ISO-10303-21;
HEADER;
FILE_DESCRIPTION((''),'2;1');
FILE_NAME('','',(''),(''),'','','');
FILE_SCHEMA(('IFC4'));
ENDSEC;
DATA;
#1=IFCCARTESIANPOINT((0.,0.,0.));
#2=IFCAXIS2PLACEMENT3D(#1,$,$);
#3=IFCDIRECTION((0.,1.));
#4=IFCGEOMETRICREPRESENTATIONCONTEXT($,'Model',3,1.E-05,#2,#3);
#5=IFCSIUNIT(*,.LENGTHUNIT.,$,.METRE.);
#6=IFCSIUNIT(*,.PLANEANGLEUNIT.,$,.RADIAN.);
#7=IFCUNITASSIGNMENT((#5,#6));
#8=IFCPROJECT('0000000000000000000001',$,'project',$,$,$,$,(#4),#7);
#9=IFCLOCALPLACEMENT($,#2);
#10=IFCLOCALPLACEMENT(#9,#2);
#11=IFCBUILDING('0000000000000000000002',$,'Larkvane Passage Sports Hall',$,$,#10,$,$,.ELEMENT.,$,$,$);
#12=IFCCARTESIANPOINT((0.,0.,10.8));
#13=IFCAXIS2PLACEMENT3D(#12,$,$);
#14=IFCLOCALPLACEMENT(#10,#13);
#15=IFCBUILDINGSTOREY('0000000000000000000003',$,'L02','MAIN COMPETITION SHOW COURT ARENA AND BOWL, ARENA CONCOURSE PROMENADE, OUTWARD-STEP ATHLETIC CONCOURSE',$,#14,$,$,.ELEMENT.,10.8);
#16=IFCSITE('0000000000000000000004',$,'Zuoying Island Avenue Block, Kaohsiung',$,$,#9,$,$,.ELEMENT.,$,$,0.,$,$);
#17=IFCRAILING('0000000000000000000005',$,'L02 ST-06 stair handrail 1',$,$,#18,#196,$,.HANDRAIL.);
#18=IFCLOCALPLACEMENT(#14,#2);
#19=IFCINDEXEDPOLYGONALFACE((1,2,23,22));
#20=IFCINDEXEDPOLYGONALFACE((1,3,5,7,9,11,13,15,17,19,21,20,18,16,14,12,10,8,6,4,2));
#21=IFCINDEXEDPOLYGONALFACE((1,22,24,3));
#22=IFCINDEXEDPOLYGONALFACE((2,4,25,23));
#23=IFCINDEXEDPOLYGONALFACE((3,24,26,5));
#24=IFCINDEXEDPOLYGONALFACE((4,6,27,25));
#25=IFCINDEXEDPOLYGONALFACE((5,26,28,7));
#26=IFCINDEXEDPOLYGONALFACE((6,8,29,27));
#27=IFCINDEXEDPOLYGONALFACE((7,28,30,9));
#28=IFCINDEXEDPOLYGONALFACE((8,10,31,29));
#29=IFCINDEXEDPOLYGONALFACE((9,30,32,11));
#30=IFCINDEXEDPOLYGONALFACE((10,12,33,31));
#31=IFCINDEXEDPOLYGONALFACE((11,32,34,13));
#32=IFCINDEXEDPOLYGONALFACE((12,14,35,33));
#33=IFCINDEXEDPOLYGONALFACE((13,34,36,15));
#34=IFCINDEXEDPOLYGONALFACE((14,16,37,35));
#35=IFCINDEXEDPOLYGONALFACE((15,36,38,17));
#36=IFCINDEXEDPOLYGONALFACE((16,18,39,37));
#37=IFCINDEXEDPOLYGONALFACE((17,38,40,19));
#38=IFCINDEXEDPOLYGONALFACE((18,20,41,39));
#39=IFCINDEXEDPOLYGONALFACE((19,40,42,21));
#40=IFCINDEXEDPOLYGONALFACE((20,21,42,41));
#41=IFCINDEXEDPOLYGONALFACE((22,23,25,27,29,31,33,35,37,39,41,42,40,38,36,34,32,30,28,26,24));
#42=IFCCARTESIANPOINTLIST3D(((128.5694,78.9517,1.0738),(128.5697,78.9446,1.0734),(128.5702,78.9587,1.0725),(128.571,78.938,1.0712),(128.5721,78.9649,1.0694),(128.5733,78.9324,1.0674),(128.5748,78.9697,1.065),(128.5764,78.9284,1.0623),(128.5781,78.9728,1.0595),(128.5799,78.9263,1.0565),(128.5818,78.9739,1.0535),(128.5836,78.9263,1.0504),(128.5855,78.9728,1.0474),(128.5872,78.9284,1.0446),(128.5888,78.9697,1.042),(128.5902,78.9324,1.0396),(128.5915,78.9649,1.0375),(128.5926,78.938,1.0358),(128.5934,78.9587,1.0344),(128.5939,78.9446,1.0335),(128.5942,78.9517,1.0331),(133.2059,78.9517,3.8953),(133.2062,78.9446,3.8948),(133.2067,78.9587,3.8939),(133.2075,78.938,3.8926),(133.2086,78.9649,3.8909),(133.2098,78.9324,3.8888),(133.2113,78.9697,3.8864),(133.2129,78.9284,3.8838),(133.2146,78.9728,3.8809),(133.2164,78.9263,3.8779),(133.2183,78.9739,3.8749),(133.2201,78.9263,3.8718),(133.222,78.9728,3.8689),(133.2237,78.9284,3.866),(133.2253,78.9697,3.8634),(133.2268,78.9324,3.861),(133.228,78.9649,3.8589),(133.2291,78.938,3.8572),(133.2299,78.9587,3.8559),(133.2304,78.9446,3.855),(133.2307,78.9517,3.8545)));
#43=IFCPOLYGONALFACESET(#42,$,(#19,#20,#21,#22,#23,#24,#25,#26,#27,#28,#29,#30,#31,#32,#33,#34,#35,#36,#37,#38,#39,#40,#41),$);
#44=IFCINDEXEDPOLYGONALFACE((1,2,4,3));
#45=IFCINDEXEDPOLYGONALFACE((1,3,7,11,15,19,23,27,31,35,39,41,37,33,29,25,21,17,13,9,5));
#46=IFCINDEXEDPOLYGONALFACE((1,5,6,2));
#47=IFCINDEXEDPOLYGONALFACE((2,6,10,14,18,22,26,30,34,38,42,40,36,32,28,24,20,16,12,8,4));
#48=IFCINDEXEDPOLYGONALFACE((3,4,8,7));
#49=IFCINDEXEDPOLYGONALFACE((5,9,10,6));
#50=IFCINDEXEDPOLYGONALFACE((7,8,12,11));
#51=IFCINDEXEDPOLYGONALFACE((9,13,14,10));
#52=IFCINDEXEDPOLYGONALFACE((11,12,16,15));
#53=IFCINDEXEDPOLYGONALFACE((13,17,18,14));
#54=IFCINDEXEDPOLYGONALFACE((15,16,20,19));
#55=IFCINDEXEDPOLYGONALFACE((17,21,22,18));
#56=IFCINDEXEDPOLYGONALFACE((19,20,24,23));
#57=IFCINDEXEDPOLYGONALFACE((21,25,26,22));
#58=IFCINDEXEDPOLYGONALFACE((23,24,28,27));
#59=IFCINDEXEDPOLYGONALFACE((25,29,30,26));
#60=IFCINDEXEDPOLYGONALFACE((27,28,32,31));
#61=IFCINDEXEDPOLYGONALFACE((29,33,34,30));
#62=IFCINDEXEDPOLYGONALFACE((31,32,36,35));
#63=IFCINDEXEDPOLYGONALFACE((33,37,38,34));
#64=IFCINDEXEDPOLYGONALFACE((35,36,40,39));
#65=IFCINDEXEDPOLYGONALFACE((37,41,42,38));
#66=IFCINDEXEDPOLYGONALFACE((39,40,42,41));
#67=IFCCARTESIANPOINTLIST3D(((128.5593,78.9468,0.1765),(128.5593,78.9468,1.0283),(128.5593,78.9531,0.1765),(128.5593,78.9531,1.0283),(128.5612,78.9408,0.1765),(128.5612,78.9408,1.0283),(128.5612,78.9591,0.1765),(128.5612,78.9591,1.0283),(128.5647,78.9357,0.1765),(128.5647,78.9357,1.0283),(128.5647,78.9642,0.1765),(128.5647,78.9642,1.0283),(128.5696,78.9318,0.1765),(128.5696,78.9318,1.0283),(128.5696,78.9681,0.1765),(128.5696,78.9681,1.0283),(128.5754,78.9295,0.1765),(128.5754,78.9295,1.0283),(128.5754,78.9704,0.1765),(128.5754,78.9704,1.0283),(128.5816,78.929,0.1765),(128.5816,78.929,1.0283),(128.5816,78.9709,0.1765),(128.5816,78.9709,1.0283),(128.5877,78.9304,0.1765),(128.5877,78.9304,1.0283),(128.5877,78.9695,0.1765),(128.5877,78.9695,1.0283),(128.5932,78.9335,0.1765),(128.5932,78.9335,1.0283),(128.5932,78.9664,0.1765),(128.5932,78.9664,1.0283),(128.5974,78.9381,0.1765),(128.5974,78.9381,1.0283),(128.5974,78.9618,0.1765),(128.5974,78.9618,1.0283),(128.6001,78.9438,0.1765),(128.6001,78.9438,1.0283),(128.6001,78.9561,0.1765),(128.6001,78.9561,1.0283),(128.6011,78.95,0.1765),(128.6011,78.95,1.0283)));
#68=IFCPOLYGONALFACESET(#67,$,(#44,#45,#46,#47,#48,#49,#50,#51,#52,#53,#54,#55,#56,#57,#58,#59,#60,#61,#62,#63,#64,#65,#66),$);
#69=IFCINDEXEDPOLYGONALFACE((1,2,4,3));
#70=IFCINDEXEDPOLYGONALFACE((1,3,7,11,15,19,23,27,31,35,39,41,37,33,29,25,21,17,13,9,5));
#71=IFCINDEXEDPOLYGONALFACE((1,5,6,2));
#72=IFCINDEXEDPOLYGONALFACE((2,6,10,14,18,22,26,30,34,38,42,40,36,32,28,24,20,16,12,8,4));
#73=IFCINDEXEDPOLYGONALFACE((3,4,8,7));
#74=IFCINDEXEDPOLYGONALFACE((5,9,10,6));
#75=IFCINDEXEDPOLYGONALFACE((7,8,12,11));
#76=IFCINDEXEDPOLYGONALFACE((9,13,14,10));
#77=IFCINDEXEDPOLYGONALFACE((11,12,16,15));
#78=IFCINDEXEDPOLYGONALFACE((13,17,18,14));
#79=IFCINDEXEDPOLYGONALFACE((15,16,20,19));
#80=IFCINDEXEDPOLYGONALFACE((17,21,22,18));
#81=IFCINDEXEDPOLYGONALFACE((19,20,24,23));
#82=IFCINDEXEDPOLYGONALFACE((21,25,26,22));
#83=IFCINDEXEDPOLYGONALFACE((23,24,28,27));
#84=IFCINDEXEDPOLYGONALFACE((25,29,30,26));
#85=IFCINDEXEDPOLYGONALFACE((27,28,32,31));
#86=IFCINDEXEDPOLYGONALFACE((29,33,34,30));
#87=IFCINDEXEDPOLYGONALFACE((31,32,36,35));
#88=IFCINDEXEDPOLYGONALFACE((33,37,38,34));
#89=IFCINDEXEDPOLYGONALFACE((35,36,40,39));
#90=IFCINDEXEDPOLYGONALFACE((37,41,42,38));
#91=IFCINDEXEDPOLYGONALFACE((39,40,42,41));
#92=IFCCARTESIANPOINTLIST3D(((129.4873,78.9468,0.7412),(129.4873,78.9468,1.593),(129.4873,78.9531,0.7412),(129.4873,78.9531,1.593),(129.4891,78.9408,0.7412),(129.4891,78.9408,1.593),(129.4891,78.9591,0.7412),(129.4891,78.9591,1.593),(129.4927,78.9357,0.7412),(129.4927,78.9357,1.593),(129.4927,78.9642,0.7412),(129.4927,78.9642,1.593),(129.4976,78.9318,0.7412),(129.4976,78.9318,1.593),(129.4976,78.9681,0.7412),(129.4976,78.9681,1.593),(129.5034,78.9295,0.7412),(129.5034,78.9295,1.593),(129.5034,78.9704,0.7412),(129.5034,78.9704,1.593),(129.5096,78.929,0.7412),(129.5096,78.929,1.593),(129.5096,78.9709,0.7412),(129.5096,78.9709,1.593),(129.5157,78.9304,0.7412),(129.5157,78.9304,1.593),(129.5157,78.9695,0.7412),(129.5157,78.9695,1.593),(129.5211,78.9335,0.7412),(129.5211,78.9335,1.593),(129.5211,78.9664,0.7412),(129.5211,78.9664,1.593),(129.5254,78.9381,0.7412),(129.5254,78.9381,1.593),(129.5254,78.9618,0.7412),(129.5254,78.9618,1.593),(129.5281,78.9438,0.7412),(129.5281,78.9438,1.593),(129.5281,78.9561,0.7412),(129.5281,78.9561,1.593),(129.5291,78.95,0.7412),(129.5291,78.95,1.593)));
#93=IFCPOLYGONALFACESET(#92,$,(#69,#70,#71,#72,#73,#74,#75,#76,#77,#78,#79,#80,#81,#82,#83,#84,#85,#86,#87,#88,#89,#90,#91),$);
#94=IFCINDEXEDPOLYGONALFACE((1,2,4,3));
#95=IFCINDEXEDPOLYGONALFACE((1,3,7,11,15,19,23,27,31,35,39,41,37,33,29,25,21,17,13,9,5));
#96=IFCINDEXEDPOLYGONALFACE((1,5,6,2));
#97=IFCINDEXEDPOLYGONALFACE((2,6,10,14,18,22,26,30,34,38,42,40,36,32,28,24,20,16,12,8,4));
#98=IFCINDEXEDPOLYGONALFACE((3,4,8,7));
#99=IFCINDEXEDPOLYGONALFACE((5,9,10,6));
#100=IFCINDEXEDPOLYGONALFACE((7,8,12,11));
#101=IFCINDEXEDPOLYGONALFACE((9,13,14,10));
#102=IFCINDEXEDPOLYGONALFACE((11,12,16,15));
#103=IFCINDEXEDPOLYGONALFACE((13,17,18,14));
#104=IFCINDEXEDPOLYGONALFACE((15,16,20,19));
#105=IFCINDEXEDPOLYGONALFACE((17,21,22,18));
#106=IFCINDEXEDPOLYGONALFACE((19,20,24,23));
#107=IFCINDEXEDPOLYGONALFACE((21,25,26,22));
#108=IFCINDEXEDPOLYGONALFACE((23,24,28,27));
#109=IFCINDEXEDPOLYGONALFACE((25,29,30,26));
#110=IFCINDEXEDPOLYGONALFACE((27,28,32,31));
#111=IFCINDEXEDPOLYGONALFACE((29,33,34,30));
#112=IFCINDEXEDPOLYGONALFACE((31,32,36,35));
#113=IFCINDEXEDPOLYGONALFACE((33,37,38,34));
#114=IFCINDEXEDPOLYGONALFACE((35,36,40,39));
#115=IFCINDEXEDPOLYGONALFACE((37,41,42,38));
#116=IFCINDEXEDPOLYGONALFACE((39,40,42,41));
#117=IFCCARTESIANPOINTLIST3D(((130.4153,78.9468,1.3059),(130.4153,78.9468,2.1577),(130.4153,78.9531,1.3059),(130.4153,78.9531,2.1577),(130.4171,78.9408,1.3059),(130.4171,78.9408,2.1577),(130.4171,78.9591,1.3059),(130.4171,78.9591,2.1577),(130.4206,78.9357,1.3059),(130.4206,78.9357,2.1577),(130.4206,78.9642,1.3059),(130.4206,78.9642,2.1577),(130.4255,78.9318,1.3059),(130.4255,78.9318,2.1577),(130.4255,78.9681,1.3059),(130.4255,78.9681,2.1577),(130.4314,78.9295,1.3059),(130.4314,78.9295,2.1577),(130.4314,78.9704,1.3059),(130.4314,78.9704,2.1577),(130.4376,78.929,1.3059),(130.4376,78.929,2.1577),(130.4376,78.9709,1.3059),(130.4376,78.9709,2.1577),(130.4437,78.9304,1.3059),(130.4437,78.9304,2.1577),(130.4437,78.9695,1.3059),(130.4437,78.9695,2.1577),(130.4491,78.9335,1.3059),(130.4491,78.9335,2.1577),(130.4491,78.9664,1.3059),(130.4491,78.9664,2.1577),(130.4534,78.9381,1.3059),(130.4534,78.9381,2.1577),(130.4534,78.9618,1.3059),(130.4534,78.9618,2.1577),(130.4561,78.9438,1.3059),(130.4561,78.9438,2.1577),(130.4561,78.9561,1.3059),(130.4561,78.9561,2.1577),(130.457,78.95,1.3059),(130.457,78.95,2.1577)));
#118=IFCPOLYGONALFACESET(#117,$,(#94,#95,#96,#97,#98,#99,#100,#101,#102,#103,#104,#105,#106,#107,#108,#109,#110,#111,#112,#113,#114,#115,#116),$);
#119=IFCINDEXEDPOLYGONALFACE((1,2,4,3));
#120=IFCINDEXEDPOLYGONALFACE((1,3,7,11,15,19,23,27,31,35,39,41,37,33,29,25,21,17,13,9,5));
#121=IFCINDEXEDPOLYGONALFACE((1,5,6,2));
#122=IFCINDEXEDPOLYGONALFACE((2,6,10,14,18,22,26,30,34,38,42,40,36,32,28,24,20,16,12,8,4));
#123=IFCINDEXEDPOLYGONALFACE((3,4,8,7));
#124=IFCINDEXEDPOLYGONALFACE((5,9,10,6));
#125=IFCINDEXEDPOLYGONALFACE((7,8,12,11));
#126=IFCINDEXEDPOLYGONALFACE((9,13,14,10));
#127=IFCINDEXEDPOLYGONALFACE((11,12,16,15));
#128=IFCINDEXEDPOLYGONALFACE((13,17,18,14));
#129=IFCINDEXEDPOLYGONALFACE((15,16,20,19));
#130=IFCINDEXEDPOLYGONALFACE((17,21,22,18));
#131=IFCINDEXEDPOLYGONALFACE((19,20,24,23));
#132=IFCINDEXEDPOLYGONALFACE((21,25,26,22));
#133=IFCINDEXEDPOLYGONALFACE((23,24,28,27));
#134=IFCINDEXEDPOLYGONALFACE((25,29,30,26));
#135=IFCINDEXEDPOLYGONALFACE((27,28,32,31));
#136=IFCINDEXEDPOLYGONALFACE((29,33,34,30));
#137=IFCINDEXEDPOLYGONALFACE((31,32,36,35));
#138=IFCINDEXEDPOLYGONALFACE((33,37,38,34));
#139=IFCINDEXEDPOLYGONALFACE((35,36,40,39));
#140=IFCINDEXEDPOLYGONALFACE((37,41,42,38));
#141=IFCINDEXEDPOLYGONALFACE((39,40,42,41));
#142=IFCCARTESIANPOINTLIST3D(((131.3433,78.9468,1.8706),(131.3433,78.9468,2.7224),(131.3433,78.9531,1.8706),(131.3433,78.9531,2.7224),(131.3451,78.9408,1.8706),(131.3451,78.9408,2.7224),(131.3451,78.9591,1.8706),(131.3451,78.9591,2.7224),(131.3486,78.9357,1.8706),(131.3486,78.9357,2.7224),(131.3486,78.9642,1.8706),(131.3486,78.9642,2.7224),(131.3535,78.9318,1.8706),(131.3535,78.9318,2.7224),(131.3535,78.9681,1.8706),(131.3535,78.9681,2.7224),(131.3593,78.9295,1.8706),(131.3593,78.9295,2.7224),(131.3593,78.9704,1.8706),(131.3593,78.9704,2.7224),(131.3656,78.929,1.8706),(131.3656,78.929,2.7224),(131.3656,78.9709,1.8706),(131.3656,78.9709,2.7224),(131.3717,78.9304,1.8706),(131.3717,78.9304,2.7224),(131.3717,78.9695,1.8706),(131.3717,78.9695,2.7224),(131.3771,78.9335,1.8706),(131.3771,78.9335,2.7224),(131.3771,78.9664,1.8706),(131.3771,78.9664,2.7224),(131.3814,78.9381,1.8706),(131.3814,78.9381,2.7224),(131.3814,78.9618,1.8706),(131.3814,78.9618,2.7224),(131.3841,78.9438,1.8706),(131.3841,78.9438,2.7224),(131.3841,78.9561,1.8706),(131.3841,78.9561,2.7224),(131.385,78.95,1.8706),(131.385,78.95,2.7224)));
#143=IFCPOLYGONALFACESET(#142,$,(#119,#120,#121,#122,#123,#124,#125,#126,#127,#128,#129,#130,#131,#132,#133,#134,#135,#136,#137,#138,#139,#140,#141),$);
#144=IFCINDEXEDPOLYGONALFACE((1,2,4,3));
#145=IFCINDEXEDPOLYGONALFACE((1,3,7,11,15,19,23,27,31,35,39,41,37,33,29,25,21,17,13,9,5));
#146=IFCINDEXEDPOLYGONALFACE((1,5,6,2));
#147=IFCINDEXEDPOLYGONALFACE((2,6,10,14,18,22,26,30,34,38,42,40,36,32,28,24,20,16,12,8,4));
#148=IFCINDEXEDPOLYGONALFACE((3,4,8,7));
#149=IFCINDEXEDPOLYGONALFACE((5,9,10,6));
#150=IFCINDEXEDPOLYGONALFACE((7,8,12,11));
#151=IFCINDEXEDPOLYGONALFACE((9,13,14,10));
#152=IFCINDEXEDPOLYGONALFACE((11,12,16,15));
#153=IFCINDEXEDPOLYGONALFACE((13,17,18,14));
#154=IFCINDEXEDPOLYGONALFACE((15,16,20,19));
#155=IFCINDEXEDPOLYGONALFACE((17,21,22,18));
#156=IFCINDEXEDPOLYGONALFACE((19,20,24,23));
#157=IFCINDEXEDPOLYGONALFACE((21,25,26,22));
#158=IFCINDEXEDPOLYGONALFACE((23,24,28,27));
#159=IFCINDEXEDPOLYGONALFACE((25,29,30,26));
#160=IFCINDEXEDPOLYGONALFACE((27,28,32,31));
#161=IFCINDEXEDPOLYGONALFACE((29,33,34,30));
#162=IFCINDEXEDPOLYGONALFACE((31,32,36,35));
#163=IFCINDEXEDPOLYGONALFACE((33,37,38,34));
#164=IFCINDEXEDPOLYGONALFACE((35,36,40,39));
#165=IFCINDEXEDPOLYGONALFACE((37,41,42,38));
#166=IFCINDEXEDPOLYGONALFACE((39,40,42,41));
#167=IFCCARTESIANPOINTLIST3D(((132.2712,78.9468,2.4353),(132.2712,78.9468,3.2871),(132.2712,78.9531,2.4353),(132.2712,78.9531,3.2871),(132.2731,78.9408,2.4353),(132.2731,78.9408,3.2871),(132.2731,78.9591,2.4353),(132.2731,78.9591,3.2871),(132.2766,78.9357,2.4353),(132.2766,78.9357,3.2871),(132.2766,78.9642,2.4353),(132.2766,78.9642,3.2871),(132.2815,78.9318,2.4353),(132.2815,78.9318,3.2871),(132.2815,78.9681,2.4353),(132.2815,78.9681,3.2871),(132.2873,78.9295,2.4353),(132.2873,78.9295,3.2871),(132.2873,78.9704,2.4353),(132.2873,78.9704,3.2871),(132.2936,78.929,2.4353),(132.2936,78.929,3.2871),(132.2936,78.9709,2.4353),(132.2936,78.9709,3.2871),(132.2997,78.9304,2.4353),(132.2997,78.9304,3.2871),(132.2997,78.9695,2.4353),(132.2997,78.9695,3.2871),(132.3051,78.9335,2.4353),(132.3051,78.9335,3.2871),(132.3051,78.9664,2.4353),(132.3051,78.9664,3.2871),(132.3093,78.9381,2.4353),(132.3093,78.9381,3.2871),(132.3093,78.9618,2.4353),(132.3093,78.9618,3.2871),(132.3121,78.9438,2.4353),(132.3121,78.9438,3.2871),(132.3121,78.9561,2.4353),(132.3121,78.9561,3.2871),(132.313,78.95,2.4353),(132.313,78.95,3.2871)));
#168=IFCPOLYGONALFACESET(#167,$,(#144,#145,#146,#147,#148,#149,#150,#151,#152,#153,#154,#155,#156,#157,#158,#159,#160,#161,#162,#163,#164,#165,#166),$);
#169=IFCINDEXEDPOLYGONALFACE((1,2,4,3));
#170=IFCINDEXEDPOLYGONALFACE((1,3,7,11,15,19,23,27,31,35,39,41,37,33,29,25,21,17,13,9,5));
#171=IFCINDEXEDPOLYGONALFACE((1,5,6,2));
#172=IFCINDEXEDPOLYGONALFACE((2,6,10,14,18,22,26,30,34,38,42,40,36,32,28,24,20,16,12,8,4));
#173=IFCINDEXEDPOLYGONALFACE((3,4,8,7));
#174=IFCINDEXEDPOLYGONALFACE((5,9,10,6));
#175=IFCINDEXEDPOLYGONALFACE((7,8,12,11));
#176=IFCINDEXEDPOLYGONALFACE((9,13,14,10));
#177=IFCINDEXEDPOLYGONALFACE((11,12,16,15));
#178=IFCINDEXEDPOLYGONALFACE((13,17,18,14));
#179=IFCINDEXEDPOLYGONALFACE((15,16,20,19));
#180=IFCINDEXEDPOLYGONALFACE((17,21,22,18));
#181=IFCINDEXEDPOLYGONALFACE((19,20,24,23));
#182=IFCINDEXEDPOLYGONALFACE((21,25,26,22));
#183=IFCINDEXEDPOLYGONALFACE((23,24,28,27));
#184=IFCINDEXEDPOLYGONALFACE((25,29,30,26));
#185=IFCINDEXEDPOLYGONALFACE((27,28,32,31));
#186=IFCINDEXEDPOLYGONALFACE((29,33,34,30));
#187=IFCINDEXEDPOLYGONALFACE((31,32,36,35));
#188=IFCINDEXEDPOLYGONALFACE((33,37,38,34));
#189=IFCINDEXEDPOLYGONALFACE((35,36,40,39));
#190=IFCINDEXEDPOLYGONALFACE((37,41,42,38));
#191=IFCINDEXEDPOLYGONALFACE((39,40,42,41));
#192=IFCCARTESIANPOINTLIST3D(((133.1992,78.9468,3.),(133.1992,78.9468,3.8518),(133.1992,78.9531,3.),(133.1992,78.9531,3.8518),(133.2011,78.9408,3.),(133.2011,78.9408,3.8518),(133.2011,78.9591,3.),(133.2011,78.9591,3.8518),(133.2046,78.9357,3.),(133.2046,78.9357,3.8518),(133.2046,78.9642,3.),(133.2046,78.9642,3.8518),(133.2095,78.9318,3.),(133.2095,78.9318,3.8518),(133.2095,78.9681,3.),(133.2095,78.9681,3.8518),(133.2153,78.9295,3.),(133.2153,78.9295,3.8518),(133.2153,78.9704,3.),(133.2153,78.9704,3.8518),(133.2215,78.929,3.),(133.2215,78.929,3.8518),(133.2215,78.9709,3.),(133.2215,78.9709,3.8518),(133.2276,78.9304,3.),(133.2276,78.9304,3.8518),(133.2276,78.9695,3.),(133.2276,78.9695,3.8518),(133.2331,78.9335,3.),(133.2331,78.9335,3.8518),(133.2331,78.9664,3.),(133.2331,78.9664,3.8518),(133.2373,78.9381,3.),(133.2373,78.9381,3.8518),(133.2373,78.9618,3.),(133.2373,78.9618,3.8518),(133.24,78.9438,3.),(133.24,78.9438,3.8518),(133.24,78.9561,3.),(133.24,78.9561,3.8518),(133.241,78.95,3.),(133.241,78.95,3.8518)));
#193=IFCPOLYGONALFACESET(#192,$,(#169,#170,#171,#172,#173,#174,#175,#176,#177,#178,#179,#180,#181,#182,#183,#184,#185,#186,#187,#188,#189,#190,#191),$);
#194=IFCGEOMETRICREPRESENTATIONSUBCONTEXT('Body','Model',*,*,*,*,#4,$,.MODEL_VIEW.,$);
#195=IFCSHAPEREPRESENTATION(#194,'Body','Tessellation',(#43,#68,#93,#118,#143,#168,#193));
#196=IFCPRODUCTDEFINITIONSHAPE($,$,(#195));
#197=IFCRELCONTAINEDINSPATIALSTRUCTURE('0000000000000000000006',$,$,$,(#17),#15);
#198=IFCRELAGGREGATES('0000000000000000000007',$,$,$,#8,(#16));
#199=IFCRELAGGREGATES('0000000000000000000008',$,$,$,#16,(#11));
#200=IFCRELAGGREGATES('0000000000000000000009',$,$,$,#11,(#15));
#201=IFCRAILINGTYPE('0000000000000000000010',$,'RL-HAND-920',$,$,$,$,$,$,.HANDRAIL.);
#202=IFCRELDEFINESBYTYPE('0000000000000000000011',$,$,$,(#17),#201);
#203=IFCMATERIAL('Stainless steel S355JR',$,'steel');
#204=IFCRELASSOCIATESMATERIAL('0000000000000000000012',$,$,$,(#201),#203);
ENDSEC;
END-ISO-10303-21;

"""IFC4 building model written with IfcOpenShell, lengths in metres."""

from ifc_helpers import new_model, si_unit, direction, frame, origin, origin_2d, place, context, subcontext, project, spatial, circle, extrude, material, type_object, element, save


model = new_model("IFC4")

# Units and contexts
model_context = context("Model", 3, precision=1e-05, world=origin(), true_north=direction((0.0, 1.0)))
body_context = subcontext(model_context, "Body", "Model", "MODEL_VIEW")
ifc_project = project(units=[si_unit("LENGTHUNIT", "METRE"), si_unit("PLANEANGLEUNIT", "RADIAN")], contexts=[model_context])

# Site, building, storey
site_placement = place(None, origin())
site = spatial("IfcSite", under=ifc_project, at=site_placement, Name="Zuoying Island Avenue Block, Kaohsiung", CompositionType="ELEMENT", RefElevation=0.0)
building_placement = place(site_placement, origin())
building = spatial("IfcBuilding", under=site, at=building_placement, Name="Larkvane Passage Sports Hall", CompositionType="ELEMENT")
storey_placement = place(building_placement, frame((0.0, 0.0, 10.8)))
storey = spatial("IfcBuildingStorey", under=building, at=storey_placement, Name="L02", Description="MAIN COMPETITION SHOW COURT ARENA AND BOWL, ARENA CONCOURSE PROMENADE, OUTWARD-STEP ATHLETIC CONCOURSE", CompositionType="ELEMENT", Elevation=10.8)

# Railing
ifc_material_1 = material(Name="Stainless steel S355JR", Category="steel")
railing_type_1 = type_object("IfcRailingType", Name="RL-HAND-920", PredefinedType="HANDRAIL", material=ifc_material_1)
railing_1_placement = place(storey_placement, frame((128.5801, 78.95, 0.1765)))
element("IfcRailing", 1, at=railing_1_placement, inside=storey, type_object=railing_type_1, Name="L02 ST-06 stair handrail 1", PredefinedType="HANDRAIL", context=body_context, shape_type="SweptSolid", body=[
    extrude(circle(Radius=0.0239, at=origin_2d()), frame((0.0017, 0.0, 0.877), z_axis=(0.854264, 0.0, 0.51984), x_axis=(0.0, 1.0, 0.0)), (0.0, 0.0, 1.0), 5.4275),
    extrude(circle(Radius=0.021, at=origin_2d()), origin(), (0.0, 0.0, 1.0), 0.8518),
    extrude(circle(Radius=0.021, at=origin_2d()), frame((0.928, 0.0, 0.5647)), (0.0, 0.0, 1.0), 0.8518),
    extrude(circle(Radius=0.021, at=origin_2d()), frame((1.856, 0.0, 1.1294)), (0.0, 0.0, 1.0), 0.8518),
    extrude(circle(Radius=0.021, at=origin_2d()), frame((2.7839, 0.0, 1.6941)), (0.0, 0.0, 1.0), 0.8518),
    extrude(circle(Radius=0.021, at=origin_2d()), frame((3.7119, 0.0, 2.2588)), (0.0, 0.0, 1.0), 0.8518),
    extrude(circle(Radius=0.021, at=origin_2d()), frame((4.6399, 0.0, 2.8235)), (0.0, 0.0, 1.0), 0.8518),
])

save(model, "model.ifc")
